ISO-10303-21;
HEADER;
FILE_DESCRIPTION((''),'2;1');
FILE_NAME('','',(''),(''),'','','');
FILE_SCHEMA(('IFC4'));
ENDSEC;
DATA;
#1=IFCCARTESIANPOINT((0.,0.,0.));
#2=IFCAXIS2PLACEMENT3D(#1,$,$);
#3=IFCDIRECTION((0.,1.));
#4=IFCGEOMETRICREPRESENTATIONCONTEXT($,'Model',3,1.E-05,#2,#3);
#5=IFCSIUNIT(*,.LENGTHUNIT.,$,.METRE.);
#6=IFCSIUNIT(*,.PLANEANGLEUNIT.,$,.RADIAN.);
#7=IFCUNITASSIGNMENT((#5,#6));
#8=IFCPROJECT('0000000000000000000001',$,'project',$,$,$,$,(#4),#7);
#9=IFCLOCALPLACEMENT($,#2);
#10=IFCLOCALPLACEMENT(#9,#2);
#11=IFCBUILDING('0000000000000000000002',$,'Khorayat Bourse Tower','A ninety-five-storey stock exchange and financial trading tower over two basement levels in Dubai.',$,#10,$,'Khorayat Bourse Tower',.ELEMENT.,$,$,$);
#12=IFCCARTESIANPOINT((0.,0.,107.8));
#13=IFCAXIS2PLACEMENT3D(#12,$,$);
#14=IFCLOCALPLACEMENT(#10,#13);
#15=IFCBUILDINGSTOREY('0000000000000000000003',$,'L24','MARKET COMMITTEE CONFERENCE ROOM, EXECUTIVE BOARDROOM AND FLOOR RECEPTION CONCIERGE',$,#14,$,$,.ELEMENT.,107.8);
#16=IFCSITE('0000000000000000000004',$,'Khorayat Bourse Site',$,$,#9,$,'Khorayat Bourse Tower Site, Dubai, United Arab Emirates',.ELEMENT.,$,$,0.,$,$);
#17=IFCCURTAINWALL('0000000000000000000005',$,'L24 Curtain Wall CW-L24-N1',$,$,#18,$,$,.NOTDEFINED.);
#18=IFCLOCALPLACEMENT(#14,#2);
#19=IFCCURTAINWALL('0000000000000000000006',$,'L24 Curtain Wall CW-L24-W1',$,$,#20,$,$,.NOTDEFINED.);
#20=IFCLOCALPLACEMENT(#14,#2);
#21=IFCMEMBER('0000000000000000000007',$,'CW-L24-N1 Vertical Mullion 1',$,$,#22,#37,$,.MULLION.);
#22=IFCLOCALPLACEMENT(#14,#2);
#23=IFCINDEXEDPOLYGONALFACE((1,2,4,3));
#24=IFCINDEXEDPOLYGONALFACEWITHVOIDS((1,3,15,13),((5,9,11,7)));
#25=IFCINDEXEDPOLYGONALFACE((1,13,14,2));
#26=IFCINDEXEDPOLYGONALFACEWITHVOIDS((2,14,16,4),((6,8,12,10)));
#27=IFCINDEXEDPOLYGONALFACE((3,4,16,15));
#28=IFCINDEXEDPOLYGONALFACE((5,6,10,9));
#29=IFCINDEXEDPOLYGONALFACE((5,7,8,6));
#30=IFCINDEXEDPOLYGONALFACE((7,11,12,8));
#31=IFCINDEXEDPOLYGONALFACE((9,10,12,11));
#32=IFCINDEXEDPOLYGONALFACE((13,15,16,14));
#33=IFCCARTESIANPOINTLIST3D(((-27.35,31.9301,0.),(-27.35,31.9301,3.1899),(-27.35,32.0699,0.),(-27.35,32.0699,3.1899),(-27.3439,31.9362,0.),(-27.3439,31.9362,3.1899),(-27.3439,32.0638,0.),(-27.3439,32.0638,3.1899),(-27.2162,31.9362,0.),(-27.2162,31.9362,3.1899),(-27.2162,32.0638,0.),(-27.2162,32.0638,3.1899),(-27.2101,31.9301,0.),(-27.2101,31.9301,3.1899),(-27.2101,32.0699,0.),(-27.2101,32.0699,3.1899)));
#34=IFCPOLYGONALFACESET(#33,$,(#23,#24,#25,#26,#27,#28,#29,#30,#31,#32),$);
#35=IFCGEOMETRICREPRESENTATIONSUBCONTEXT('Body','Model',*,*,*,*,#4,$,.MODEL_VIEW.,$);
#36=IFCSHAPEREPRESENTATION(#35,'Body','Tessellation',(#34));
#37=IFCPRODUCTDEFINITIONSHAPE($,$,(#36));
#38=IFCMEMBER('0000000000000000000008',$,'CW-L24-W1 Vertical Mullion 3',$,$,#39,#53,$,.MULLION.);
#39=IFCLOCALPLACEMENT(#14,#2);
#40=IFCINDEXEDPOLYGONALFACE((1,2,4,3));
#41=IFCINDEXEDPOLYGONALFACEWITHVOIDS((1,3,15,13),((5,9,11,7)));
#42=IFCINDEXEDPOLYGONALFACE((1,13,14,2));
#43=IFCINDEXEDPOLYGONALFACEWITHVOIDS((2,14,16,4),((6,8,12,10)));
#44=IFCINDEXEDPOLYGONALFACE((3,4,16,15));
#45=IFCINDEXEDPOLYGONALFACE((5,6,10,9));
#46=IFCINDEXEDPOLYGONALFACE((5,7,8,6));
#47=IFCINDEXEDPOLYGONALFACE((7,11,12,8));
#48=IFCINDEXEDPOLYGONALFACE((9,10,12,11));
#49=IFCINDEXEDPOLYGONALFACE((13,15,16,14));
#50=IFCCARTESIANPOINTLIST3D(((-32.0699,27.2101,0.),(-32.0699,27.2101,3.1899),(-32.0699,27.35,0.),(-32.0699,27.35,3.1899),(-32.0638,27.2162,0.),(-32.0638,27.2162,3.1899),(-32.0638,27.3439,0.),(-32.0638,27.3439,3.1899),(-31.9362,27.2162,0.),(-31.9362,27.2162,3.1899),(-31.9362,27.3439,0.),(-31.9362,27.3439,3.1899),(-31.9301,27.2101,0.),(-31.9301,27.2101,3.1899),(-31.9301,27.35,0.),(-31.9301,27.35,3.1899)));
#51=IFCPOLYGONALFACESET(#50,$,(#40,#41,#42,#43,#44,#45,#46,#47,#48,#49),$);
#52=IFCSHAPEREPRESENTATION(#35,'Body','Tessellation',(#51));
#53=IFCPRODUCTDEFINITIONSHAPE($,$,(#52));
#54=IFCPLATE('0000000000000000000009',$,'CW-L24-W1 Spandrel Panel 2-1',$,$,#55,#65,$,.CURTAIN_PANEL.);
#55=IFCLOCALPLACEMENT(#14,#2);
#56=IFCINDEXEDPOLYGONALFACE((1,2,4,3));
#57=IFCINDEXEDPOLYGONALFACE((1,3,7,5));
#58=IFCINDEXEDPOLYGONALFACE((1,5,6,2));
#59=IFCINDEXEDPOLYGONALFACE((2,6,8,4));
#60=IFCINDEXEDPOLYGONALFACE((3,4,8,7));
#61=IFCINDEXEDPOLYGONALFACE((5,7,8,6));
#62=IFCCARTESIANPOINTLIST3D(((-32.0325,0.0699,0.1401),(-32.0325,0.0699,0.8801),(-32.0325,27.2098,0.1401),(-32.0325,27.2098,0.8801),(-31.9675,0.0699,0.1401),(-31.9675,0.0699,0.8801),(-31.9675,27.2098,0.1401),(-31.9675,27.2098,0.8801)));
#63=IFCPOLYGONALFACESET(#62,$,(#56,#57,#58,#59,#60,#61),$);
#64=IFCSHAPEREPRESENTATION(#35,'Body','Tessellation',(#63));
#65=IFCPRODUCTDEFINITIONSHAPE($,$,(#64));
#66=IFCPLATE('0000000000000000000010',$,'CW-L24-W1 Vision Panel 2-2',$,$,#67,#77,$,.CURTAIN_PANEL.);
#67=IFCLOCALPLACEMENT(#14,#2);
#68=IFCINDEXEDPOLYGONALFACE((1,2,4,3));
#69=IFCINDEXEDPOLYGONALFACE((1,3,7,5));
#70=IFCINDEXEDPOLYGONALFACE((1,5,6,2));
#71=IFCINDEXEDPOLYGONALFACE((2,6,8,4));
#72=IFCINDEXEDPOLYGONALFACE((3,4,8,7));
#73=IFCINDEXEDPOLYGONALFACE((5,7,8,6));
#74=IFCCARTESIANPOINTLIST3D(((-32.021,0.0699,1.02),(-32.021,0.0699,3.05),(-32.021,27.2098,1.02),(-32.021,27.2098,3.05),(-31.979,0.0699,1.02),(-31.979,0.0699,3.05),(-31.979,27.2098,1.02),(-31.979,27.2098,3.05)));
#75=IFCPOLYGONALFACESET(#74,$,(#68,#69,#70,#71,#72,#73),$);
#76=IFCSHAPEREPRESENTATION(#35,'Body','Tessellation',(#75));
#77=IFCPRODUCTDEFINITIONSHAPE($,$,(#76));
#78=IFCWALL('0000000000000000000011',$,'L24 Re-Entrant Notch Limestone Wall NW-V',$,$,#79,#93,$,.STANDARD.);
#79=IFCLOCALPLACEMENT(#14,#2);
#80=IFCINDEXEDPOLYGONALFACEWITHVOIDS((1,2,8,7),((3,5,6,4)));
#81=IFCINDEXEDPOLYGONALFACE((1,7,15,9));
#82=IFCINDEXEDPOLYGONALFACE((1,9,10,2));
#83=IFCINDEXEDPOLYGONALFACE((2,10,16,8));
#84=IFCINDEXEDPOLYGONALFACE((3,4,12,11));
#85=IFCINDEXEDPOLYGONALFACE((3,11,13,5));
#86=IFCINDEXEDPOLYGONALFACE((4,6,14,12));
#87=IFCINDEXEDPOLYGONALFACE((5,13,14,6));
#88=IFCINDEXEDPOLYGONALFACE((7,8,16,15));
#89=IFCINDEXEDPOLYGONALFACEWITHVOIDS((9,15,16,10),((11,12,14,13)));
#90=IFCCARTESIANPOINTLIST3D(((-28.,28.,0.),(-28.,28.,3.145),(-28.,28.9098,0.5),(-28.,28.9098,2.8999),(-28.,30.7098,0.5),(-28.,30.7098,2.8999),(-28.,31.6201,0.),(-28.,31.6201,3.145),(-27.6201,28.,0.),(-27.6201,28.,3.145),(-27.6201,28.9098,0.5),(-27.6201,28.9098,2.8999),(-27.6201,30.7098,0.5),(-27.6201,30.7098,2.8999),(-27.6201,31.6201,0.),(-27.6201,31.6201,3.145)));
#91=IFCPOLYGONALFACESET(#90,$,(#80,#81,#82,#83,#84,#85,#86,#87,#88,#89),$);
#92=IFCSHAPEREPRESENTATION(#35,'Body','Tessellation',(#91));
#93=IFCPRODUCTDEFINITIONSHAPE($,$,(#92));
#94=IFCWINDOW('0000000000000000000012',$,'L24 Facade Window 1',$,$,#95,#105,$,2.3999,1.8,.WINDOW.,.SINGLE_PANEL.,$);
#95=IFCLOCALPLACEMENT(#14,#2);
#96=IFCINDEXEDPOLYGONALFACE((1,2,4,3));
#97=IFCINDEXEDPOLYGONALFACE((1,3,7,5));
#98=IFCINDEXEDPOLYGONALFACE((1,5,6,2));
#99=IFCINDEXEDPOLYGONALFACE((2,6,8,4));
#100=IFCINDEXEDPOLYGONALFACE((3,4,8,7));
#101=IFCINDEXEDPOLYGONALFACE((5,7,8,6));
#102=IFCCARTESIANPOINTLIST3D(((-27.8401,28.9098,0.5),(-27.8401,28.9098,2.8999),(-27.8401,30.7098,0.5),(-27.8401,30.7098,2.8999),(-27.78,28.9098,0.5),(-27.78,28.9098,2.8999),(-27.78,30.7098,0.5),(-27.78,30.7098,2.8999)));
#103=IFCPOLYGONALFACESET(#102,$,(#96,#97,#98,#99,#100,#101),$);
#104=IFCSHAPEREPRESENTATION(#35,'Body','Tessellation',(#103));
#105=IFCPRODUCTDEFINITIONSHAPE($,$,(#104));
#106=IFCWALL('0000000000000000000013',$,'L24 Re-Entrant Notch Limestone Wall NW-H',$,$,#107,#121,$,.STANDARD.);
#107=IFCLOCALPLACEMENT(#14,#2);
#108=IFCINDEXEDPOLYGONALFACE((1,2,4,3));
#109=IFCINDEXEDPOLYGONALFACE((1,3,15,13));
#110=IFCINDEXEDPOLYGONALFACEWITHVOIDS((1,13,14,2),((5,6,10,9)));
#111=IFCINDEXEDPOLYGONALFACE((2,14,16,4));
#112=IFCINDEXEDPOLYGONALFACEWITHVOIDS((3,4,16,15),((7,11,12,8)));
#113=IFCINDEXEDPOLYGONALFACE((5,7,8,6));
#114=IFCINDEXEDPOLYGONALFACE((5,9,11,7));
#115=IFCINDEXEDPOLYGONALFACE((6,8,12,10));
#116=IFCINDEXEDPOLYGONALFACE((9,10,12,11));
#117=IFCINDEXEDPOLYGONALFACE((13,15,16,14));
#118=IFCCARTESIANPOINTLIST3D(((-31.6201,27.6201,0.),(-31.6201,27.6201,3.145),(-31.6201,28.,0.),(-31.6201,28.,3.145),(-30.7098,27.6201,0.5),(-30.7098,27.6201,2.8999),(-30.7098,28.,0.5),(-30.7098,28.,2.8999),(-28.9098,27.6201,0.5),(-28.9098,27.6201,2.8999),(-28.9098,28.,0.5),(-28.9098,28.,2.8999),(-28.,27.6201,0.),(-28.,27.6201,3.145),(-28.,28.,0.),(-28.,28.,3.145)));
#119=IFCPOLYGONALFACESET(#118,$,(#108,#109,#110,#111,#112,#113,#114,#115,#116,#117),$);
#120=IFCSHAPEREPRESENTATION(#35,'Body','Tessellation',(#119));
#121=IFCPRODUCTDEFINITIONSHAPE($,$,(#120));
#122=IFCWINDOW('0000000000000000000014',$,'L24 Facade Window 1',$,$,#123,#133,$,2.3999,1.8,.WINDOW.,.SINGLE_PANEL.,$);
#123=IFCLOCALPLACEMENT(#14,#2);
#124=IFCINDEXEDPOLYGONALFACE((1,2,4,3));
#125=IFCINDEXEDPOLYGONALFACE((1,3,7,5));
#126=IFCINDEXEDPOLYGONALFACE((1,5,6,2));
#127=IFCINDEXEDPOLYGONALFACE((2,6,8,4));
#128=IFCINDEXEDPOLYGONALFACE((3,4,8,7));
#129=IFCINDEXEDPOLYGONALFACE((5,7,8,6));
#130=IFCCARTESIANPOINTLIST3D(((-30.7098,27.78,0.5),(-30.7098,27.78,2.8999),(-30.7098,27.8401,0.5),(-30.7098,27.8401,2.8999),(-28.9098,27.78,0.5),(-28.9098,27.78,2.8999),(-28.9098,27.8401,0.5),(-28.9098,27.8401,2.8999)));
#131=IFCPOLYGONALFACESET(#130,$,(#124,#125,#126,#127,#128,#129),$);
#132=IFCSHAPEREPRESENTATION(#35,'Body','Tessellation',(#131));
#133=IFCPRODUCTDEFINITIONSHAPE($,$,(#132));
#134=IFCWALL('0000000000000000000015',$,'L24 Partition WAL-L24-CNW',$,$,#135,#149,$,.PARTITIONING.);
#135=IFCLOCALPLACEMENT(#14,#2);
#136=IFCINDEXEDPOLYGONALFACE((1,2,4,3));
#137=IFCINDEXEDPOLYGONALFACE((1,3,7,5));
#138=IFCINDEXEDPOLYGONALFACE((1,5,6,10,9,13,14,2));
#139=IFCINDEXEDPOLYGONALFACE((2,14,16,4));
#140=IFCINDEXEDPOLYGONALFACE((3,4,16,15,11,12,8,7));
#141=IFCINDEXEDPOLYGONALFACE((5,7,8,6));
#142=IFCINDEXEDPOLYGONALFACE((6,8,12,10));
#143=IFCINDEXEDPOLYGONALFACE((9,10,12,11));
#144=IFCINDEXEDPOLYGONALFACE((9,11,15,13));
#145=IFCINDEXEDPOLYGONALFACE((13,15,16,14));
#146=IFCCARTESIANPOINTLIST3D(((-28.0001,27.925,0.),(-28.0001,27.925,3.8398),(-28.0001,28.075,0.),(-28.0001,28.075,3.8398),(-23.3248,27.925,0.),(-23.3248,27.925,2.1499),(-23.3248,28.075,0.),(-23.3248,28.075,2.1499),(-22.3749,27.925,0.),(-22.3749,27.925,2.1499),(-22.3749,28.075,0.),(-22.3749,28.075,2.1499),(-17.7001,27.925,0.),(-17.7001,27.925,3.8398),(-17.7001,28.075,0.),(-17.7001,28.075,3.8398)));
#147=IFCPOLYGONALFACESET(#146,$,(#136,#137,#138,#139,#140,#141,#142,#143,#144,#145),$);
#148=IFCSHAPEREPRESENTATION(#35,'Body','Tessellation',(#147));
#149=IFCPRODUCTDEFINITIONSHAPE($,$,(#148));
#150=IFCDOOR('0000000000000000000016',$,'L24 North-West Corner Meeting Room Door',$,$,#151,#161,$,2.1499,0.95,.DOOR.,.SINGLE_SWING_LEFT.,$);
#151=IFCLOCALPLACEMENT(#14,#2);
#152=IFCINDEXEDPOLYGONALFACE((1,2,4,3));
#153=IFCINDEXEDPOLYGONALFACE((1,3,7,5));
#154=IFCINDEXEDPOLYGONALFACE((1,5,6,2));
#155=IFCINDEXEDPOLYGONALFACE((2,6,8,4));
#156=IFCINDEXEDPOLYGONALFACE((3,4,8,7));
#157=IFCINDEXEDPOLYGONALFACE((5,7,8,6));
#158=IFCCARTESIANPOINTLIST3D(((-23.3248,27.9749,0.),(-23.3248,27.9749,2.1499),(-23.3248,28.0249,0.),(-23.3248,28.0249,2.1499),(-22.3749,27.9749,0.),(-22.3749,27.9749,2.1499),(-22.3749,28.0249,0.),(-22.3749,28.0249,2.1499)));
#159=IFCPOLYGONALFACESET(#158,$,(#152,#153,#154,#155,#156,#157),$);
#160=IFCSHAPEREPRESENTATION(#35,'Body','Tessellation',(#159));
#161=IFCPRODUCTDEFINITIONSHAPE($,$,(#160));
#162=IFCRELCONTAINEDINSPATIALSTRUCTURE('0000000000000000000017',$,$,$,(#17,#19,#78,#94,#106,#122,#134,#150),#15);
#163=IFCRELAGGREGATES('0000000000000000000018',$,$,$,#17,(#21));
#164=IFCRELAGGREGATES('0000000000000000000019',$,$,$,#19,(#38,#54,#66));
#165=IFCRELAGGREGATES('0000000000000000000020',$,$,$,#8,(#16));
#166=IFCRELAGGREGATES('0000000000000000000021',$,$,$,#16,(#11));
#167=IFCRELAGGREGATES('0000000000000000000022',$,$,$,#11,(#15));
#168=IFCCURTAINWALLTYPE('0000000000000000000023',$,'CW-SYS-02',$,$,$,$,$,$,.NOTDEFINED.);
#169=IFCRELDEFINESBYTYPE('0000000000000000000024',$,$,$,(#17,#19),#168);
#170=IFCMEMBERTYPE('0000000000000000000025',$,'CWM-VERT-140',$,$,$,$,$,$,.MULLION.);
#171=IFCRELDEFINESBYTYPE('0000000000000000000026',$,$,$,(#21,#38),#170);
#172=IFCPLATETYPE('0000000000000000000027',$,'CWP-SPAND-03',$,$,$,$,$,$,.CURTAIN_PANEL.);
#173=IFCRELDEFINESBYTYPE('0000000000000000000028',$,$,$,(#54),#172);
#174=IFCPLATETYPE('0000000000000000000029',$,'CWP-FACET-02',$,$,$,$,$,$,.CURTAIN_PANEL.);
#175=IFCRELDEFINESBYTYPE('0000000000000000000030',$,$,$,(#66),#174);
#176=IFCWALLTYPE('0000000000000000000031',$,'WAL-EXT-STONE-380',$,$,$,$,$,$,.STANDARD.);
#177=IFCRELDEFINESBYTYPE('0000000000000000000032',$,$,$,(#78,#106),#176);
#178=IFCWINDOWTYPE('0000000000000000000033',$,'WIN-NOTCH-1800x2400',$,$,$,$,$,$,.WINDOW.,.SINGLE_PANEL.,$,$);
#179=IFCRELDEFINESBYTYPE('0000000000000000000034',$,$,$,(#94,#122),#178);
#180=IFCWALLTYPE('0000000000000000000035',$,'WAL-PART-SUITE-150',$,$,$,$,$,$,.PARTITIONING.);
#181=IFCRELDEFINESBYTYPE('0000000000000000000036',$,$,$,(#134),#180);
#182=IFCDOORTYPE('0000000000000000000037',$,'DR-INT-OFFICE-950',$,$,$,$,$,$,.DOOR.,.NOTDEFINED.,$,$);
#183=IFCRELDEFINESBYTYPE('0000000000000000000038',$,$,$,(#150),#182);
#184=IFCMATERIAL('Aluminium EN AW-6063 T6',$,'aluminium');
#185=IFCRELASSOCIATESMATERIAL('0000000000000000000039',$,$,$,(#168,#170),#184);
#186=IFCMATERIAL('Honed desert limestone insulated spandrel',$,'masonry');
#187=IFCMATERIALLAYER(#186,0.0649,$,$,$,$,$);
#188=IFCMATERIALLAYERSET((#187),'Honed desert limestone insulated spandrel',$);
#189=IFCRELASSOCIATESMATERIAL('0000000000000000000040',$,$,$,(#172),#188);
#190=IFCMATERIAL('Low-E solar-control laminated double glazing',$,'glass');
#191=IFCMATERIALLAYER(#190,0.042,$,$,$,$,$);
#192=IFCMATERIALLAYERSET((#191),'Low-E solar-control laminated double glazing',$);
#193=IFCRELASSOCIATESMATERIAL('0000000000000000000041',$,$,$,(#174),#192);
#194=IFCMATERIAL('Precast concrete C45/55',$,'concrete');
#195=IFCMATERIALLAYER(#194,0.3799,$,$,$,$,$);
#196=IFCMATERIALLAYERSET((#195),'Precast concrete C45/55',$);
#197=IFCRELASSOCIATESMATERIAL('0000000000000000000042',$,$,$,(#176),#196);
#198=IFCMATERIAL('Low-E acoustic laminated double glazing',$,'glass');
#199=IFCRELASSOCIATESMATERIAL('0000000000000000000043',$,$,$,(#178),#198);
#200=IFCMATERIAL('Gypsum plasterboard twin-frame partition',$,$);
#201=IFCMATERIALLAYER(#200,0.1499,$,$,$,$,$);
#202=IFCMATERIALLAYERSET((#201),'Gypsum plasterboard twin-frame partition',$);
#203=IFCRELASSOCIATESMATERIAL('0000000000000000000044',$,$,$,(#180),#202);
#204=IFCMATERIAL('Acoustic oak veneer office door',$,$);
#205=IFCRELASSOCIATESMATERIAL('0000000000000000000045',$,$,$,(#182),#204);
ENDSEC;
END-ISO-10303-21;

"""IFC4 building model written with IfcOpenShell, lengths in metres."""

from ifc_helpers import new_model, si_unit, direction, frame, frame_2d, origin, origin_2d, place, context, subcontext, project, spatial, rectangle, hollow_rectangle, extrude, source, transform, mapped, material, layer, layer_set, material_profile, profile_set, type_object, element, fill, aggregate, save


model = new_model("IFC4")

# Units and contexts
model_context = context("Model", 3, precision=1e-05, world=origin(), true_north=direction((0.0, 1.0)))
body_context = subcontext(model_context, "Body", "Model", "MODEL_VIEW")
ifc_project = project(units=[si_unit("LENGTHUNIT", "METRE"), si_unit("PLANEANGLEUNIT", "RADIAN")], contexts=[model_context])

# Site, building, storey
site_placement = place(None, origin())
site = spatial("IfcSite", under=ifc_project, at=site_placement, Name="Khorayat Bourse Site", LongName="Khorayat Bourse Tower Site, Dubai, United Arab Emirates", CompositionType="ELEMENT", RefElevation=0.0)
building_placement = place(site_placement, origin())
building = spatial("IfcBuilding", under=site, at=building_placement, Name="Khorayat Bourse Tower", Description="A ninety-five-storey stock exchange and financial trading tower over two basement levels in Dubai.", LongName="Khorayat Bourse Tower", CompositionType="ELEMENT")
storey_placement = place(building_placement, frame((0.0, 0.0, 107.8)))
storey = spatial("IfcBuildingStorey", under=building, at=storey_placement, Name="L24", Description="MARKET COMMITTEE CONFERENCE ROOM, EXECUTIVE BOARDROOM AND FLOOR RECEPTION CONCIERGE", CompositionType="ELEMENT", Elevation=107.8)

# Curtain wall
ifc_material_1 = material(Name="Aluminium EN AW-6063 T6", Category="aluminium")
curtain_wall_type = type_object("IfcCurtainWallType", Name="CW-SYS-02", PredefinedType="NOTDEFINED", material=ifc_material_1)
curtain_wall_1_placement = place(storey_placement, origin())
curtain_wall_1 = element("IfcCurtainWall", 1, at=curtain_wall_1_placement, inside=storey, type_object=curtain_wall_type, Name="L24 Curtain Wall CW-L24-N1", PredefinedType="NOTDEFINED")

# Curtain wall
curtain_wall_2_placement = place(storey_placement, origin())
curtain_wall_2 = element("IfcCurtainWall", 2, at=curtain_wall_2_placement, inside=storey, type_object=curtain_wall_type, Name="L24 Curtain Wall CW-L24-W1", PredefinedType="NOTDEFINED")

# Members
ifc_material_profile_1 = material_profile(ifc_material_1, hollow_rectangle(XDim=0.1399, YDim=0.1399, WallThickness=0.0061, at=origin_2d()), Name="ALU 140x140x6")
ifc_profile_set_1 = profile_set([ifc_material_profile_1], Name="Aluminium EN AW-6063 T6")
member_type_1 = type_object("IfcMemberType", Name="CWM-VERT-140", PredefinedType="MULLION", material=ifc_profile_set_1)
shared_shape_1 = source(origin(), body_context, "Body", "SweptSolid", [
    extrude(hollow_rectangle(XDim=0.1399, YDim=0.1399, WallThickness=0.0061, at=origin_2d()), origin(), (0.0, 0.0, 1.0), 3.1899),
])
member_1_placement = place(storey_placement, frame((-27.28, 32.0, 0.0), z_axis=(0.0, 0.0, 1.0), x_axis=(0.0, 1.0, 0.0)))
member_1 = element("IfcMember", 3, at=member_1_placement, type_object=member_type_1, Name="CW-L24-N1 Vertical Mullion 1", PredefinedType="MULLION", context=body_context, shape_type="MappedRepresentation", body=[
    mapped(shared_shape_1, transform((0.0, 0.0, 0.0), scale=1.0)),
])
aggregate(curtain_wall_1, [member_1])
member_2_placement = place(storey_placement, frame((-32.0, 27.28, 0.0), z_axis=(0.0, 0.0, 1.0), x_axis=(-1.0, 0.0, 0.0)))
member_2 = element("IfcMember", 4, at=member_2_placement, type_object=member_type_1, Name="CW-L24-W1 Vertical Mullion 3", PredefinedType="MULLION", context=body_context, shape_type="MappedRepresentation", body=[
    mapped(shared_shape_1, transform((0.0, 0.0, 0.0), scale=1.0)),
])

# Plates
ifc_material_2 = material(Name="Honed desert limestone insulated spandrel", Category="masonry")
ifc_layer_1 = layer(ifc_material_2, 0.0649)
ifc_layer_set_1 = layer_set([ifc_layer_1], Name="Honed desert limestone insulated spandrel")
plate_type_1 = type_object("IfcPlateType", Name="CWP-SPAND-03", PredefinedType="CURTAIN_PANEL", material=ifc_layer_set_1)
shared_shape_2 = source(origin(), body_context, "Body", "SweptSolid", [
    extrude(rectangle(XDim=27.1399, YDim=0.0649, at=origin_2d()), origin(), (0.0, 0.0, 1.0), 0.74),
])
plate_1_placement = place(storey_placement, frame((-32.0, 13.6399, 0.1401), z_axis=(0.0, 0.0, 1.0), x_axis=(0.0, 1.0, 0.0)))
plate_1 = element("IfcPlate", 5, at=plate_1_placement, type_object=plate_type_1, Name="CW-L24-W1 Spandrel Panel 2-1", PredefinedType="CURTAIN_PANEL", context=body_context, shape_type="MappedRepresentation", body=[
    mapped(shared_shape_2, transform((0.0, 0.0, 0.0), scale=1.0)),
])
ifc_material_3 = material(Name="Low-E solar-control laminated double glazing", Category="glass")
ifc_layer_2 = layer(ifc_material_3, 0.042)
ifc_layer_set_2 = layer_set([ifc_layer_2], Name="Low-E solar-control laminated double glazing")
plate_type_2 = type_object("IfcPlateType", Name="CWP-FACET-02", PredefinedType="CURTAIN_PANEL", material=ifc_layer_set_2)
shared_shape_3 = source(origin(), body_context, "Body", "SweptSolid", [
    extrude(rectangle(XDim=27.1399, YDim=0.042, at=origin_2d()), origin(), (0.0, 0.0, 1.0), 2.03),
])
plate_2_placement = place(storey_placement, frame((-32.0, 13.6399, 1.02), z_axis=(0.0, 0.0, 1.0), x_axis=(0.0, 1.0, 0.0)))
plate_2 = element("IfcPlate", 6, at=plate_2_placement, type_object=plate_type_2, Name="CW-L24-W1 Vision Panel 2-2", PredefinedType="CURTAIN_PANEL", context=body_context, shape_type="MappedRepresentation", body=[
    mapped(shared_shape_3, transform((0.0, 0.0, 0.0), scale=1.0)),
])
aggregate(curtain_wall_2, [member_2, plate_1, plate_2])

# Walls, openings, windows
ifc_material_4 = material(Name="Precast concrete C45/55", Category="concrete")
ifc_layer_3 = layer(ifc_material_4, 0.3799)
ifc_layer_set_3 = layer_set([ifc_layer_3], Name="Precast concrete C45/55")
wall_type_1 = type_object("IfcWallType", Name="WAL-EXT-STONE-380", PredefinedType="STANDARD", material=ifc_layer_set_3)
shared_shape_4 = source(origin(), body_context, "Body", "SweptSolid", [
    extrude(rectangle(XDim=3.6201, YDim=0.3799, at=frame_2d((1.8101, 0.0))), origin(), (0.0, 0.0, 1.0), 3.145),
])
wall_1_placement = place(storey_placement, frame((-27.8101, 28.0, 0.0), z_axis=(0.0, 0.0, 1.0), x_axis=(0.0, 1.0, 0.0)))
wall_1 = element("IfcWall", 7, at=wall_1_placement, inside=storey, type_object=wall_type_1, Name="L24 Re-Entrant Notch Limestone Wall NW-V", PredefinedType="STANDARD", context=body_context, shape_type="MappedRepresentation", body=[
    mapped(shared_shape_4, transform((0.0, 0.0, 0.0), scale=1.0)),
])
shared_shape_5 = source(origin(), body_context, "Body", "SweptSolid", [
    extrude(rectangle(XDim=1.8, YDim=2.3999, at=frame_2d((0.8999, 1.2))), frame((0.0, 0.2, 0.0), z_axis=(0.0, -1.0, 0.0), x_axis=(1.0, 0.0, 0.0)), (0.0, 0.0, 1.0), 0.3999),
])
opening_1_placement = place(wall_1_placement, frame((0.9099, 0.0, 0.5)))
opening_1 = element("IfcOpeningElement", 8, at=opening_1_placement, cuts=wall_1, PredefinedType="OPENING", context=body_context, shape_type="MappedRepresentation", body=[
    mapped(shared_shape_5, transform((0.0, 0.0, 0.0), scale=1.0)),
])
ifc_material_5 = material(Name="Low-E acoustic laminated double glazing", Category="glass")
window_type = type_object("IfcWindowType", Name="WIN-NOTCH-1800x2400", PartitioningType="SINGLE_PANEL", PredefinedType="WINDOW", material=ifc_material_5)
shared_shape_6 = source(origin(), body_context, "Body", "SweptSolid", [
    extrude(rectangle(XDim=1.8, YDim=2.3999, at=frame_2d((0.8999, 1.2))), frame((0.0, 0.03, 0.0), z_axis=(0.0, -1.0, 0.0), x_axis=(1.0, 0.0, 0.0)), (0.0, 0.0, 1.0), 0.0601),
])
window_1_placement = place(opening_1_placement, origin())
window_1 = element("IfcWindow", 9, at=window_1_placement, inside=storey, type_object=window_type, Name="L24 Facade Window 1", OverallHeight=2.3999, OverallWidth=1.8, PartitioningType="SINGLE_PANEL", PredefinedType="WINDOW", context=body_context, shape_type="MappedRepresentation", body=[
    mapped(shared_shape_6, transform((0.0, 0.0, 0.0), scale=1.0)),
])
fill(opening_1, window_1)
wall_2_placement = place(storey_placement, frame((-28.0, 27.8101, 0.0), z_axis=(0.0, 0.0, 1.0), x_axis=(-1.0, 0.0, 0.0)))
wall_2 = element("IfcWall", 10, at=wall_2_placement, inside=storey, type_object=wall_type_1, Name="L24 Re-Entrant Notch Limestone Wall NW-H", PredefinedType="STANDARD", context=body_context, shape_type="MappedRepresentation", body=[
    mapped(shared_shape_4, transform((0.0, 0.0, 0.0), scale=1.0)),
])
opening_2_placement = place(wall_2_placement, frame((0.9099, 0.0, 0.5)))
opening_2 = element("IfcOpeningElement", 11, at=opening_2_placement, cuts=wall_2, PredefinedType="OPENING", context=body_context, shape_type="MappedRepresentation", body=[
    mapped(shared_shape_5, transform((0.0, 0.0, 0.0), scale=1.0)),
])
window_2_placement = place(opening_2_placement, origin())
window_2 = element("IfcWindow", 12, at=window_2_placement, inside=storey, type_object=window_type, Name="L24 Facade Window 1", OverallHeight=2.3999, OverallWidth=1.8, PartitioningType="SINGLE_PANEL", PredefinedType="WINDOW", context=body_context, shape_type="MappedRepresentation", body=[
    mapped(shared_shape_6, transform((0.0, 0.0, 0.0), scale=1.0)),
])
fill(opening_2, window_2)

# Wall, opening, door
ifc_material_6 = material(Name="Gypsum plasterboard twin-frame partition")
ifc_layer_4 = layer(ifc_material_6, 0.1499)
ifc_layer_set_4 = layer_set([ifc_layer_4], Name="Gypsum plasterboard twin-frame partition")
wall_type_2 = type_object("IfcWallType", Name="WAL-PART-SUITE-150", PredefinedType="PARTITIONING", material=ifc_layer_set_4)
shared_shape_7 = source(origin(), body_context, "Body", "SweptSolid", [
    extrude(rectangle(XDim=10.3, YDim=0.1499, at=frame_2d((5.1499, 0.0))), origin(), (0.0, 0.0, 1.0), 3.8398),
])
wall_3_placement = place(storey_placement, frame((-28.0, 28.0, 0.0), z_axis=(0.0, 0.0, 1.0), x_axis=(1.0, 0.0, 0.0)))
wall_3 = element("IfcWall", 13, at=wall_3_placement, inside=storey, type_object=wall_type_2, Name="L24 Partition WAL-L24-CNW", PredefinedType="PARTITIONING", context=body_context, shape_type="MappedRepresentation", body=[
    mapped(shared_shape_7, transform((0.0, 0.0, 0.0), scale=1.0)),
])
shared_shape_8 = source(origin(), body_context, "Body", "SweptSolid", [
    extrude(rectangle(XDim=0.95, YDim=2.1499, at=frame_2d((0.4751, 1.075))), frame((0.0, 0.085, 0.0), z_axis=(0.0, -1.0, 0.0), x_axis=(1.0, 0.0, 0.0)), (0.0, 0.0, 1.0), 0.1699),
])
opening_3_placement = place(wall_3_placement, frame((4.675, 0.0, 0.0)))
opening_3 = element("IfcOpeningElement", 14, at=opening_3_placement, cuts=wall_3, PredefinedType="OPENING", context=body_context, shape_type="MappedRepresentation", body=[
    mapped(shared_shape_8, transform((0.0, 0.0, 0.0), scale=1.0)),
])
ifc_material_7 = material(Name="Acoustic oak veneer office door")
door_type = type_object("IfcDoorType", Name="DR-INT-OFFICE-950", OperationType="NOTDEFINED", PredefinedType="DOOR", material=ifc_material_7)
shared_shape_9 = source(origin(), body_context, "Body", "SweptSolid", [
    extrude(rectangle(XDim=0.95, YDim=2.1499, at=frame_2d((0.4751, 1.075))), frame((0.0, 0.0249, 0.0), z_axis=(0.0, -1.0, 0.0), x_axis=(1.0, 0.0, 0.0)), (0.0, 0.0, 1.0), 0.05),
])
door_placement = place(opening_3_placement, origin())
door = element("IfcDoor", 15, at=door_placement, inside=storey, type_object=door_type, Name="L24 North-West Corner Meeting Room Door", OperationType="SINGLE_SWING_LEFT", OverallHeight=2.1499, OverallWidth=0.95, PredefinedType="DOOR", context=body_context, shape_type="MappedRepresentation", body=[
    mapped(shared_shape_9, transform((0.0, 0.0, 0.0), scale=1.0)),
])
fill(opening_3, door)

save(model, "model.ifc")
